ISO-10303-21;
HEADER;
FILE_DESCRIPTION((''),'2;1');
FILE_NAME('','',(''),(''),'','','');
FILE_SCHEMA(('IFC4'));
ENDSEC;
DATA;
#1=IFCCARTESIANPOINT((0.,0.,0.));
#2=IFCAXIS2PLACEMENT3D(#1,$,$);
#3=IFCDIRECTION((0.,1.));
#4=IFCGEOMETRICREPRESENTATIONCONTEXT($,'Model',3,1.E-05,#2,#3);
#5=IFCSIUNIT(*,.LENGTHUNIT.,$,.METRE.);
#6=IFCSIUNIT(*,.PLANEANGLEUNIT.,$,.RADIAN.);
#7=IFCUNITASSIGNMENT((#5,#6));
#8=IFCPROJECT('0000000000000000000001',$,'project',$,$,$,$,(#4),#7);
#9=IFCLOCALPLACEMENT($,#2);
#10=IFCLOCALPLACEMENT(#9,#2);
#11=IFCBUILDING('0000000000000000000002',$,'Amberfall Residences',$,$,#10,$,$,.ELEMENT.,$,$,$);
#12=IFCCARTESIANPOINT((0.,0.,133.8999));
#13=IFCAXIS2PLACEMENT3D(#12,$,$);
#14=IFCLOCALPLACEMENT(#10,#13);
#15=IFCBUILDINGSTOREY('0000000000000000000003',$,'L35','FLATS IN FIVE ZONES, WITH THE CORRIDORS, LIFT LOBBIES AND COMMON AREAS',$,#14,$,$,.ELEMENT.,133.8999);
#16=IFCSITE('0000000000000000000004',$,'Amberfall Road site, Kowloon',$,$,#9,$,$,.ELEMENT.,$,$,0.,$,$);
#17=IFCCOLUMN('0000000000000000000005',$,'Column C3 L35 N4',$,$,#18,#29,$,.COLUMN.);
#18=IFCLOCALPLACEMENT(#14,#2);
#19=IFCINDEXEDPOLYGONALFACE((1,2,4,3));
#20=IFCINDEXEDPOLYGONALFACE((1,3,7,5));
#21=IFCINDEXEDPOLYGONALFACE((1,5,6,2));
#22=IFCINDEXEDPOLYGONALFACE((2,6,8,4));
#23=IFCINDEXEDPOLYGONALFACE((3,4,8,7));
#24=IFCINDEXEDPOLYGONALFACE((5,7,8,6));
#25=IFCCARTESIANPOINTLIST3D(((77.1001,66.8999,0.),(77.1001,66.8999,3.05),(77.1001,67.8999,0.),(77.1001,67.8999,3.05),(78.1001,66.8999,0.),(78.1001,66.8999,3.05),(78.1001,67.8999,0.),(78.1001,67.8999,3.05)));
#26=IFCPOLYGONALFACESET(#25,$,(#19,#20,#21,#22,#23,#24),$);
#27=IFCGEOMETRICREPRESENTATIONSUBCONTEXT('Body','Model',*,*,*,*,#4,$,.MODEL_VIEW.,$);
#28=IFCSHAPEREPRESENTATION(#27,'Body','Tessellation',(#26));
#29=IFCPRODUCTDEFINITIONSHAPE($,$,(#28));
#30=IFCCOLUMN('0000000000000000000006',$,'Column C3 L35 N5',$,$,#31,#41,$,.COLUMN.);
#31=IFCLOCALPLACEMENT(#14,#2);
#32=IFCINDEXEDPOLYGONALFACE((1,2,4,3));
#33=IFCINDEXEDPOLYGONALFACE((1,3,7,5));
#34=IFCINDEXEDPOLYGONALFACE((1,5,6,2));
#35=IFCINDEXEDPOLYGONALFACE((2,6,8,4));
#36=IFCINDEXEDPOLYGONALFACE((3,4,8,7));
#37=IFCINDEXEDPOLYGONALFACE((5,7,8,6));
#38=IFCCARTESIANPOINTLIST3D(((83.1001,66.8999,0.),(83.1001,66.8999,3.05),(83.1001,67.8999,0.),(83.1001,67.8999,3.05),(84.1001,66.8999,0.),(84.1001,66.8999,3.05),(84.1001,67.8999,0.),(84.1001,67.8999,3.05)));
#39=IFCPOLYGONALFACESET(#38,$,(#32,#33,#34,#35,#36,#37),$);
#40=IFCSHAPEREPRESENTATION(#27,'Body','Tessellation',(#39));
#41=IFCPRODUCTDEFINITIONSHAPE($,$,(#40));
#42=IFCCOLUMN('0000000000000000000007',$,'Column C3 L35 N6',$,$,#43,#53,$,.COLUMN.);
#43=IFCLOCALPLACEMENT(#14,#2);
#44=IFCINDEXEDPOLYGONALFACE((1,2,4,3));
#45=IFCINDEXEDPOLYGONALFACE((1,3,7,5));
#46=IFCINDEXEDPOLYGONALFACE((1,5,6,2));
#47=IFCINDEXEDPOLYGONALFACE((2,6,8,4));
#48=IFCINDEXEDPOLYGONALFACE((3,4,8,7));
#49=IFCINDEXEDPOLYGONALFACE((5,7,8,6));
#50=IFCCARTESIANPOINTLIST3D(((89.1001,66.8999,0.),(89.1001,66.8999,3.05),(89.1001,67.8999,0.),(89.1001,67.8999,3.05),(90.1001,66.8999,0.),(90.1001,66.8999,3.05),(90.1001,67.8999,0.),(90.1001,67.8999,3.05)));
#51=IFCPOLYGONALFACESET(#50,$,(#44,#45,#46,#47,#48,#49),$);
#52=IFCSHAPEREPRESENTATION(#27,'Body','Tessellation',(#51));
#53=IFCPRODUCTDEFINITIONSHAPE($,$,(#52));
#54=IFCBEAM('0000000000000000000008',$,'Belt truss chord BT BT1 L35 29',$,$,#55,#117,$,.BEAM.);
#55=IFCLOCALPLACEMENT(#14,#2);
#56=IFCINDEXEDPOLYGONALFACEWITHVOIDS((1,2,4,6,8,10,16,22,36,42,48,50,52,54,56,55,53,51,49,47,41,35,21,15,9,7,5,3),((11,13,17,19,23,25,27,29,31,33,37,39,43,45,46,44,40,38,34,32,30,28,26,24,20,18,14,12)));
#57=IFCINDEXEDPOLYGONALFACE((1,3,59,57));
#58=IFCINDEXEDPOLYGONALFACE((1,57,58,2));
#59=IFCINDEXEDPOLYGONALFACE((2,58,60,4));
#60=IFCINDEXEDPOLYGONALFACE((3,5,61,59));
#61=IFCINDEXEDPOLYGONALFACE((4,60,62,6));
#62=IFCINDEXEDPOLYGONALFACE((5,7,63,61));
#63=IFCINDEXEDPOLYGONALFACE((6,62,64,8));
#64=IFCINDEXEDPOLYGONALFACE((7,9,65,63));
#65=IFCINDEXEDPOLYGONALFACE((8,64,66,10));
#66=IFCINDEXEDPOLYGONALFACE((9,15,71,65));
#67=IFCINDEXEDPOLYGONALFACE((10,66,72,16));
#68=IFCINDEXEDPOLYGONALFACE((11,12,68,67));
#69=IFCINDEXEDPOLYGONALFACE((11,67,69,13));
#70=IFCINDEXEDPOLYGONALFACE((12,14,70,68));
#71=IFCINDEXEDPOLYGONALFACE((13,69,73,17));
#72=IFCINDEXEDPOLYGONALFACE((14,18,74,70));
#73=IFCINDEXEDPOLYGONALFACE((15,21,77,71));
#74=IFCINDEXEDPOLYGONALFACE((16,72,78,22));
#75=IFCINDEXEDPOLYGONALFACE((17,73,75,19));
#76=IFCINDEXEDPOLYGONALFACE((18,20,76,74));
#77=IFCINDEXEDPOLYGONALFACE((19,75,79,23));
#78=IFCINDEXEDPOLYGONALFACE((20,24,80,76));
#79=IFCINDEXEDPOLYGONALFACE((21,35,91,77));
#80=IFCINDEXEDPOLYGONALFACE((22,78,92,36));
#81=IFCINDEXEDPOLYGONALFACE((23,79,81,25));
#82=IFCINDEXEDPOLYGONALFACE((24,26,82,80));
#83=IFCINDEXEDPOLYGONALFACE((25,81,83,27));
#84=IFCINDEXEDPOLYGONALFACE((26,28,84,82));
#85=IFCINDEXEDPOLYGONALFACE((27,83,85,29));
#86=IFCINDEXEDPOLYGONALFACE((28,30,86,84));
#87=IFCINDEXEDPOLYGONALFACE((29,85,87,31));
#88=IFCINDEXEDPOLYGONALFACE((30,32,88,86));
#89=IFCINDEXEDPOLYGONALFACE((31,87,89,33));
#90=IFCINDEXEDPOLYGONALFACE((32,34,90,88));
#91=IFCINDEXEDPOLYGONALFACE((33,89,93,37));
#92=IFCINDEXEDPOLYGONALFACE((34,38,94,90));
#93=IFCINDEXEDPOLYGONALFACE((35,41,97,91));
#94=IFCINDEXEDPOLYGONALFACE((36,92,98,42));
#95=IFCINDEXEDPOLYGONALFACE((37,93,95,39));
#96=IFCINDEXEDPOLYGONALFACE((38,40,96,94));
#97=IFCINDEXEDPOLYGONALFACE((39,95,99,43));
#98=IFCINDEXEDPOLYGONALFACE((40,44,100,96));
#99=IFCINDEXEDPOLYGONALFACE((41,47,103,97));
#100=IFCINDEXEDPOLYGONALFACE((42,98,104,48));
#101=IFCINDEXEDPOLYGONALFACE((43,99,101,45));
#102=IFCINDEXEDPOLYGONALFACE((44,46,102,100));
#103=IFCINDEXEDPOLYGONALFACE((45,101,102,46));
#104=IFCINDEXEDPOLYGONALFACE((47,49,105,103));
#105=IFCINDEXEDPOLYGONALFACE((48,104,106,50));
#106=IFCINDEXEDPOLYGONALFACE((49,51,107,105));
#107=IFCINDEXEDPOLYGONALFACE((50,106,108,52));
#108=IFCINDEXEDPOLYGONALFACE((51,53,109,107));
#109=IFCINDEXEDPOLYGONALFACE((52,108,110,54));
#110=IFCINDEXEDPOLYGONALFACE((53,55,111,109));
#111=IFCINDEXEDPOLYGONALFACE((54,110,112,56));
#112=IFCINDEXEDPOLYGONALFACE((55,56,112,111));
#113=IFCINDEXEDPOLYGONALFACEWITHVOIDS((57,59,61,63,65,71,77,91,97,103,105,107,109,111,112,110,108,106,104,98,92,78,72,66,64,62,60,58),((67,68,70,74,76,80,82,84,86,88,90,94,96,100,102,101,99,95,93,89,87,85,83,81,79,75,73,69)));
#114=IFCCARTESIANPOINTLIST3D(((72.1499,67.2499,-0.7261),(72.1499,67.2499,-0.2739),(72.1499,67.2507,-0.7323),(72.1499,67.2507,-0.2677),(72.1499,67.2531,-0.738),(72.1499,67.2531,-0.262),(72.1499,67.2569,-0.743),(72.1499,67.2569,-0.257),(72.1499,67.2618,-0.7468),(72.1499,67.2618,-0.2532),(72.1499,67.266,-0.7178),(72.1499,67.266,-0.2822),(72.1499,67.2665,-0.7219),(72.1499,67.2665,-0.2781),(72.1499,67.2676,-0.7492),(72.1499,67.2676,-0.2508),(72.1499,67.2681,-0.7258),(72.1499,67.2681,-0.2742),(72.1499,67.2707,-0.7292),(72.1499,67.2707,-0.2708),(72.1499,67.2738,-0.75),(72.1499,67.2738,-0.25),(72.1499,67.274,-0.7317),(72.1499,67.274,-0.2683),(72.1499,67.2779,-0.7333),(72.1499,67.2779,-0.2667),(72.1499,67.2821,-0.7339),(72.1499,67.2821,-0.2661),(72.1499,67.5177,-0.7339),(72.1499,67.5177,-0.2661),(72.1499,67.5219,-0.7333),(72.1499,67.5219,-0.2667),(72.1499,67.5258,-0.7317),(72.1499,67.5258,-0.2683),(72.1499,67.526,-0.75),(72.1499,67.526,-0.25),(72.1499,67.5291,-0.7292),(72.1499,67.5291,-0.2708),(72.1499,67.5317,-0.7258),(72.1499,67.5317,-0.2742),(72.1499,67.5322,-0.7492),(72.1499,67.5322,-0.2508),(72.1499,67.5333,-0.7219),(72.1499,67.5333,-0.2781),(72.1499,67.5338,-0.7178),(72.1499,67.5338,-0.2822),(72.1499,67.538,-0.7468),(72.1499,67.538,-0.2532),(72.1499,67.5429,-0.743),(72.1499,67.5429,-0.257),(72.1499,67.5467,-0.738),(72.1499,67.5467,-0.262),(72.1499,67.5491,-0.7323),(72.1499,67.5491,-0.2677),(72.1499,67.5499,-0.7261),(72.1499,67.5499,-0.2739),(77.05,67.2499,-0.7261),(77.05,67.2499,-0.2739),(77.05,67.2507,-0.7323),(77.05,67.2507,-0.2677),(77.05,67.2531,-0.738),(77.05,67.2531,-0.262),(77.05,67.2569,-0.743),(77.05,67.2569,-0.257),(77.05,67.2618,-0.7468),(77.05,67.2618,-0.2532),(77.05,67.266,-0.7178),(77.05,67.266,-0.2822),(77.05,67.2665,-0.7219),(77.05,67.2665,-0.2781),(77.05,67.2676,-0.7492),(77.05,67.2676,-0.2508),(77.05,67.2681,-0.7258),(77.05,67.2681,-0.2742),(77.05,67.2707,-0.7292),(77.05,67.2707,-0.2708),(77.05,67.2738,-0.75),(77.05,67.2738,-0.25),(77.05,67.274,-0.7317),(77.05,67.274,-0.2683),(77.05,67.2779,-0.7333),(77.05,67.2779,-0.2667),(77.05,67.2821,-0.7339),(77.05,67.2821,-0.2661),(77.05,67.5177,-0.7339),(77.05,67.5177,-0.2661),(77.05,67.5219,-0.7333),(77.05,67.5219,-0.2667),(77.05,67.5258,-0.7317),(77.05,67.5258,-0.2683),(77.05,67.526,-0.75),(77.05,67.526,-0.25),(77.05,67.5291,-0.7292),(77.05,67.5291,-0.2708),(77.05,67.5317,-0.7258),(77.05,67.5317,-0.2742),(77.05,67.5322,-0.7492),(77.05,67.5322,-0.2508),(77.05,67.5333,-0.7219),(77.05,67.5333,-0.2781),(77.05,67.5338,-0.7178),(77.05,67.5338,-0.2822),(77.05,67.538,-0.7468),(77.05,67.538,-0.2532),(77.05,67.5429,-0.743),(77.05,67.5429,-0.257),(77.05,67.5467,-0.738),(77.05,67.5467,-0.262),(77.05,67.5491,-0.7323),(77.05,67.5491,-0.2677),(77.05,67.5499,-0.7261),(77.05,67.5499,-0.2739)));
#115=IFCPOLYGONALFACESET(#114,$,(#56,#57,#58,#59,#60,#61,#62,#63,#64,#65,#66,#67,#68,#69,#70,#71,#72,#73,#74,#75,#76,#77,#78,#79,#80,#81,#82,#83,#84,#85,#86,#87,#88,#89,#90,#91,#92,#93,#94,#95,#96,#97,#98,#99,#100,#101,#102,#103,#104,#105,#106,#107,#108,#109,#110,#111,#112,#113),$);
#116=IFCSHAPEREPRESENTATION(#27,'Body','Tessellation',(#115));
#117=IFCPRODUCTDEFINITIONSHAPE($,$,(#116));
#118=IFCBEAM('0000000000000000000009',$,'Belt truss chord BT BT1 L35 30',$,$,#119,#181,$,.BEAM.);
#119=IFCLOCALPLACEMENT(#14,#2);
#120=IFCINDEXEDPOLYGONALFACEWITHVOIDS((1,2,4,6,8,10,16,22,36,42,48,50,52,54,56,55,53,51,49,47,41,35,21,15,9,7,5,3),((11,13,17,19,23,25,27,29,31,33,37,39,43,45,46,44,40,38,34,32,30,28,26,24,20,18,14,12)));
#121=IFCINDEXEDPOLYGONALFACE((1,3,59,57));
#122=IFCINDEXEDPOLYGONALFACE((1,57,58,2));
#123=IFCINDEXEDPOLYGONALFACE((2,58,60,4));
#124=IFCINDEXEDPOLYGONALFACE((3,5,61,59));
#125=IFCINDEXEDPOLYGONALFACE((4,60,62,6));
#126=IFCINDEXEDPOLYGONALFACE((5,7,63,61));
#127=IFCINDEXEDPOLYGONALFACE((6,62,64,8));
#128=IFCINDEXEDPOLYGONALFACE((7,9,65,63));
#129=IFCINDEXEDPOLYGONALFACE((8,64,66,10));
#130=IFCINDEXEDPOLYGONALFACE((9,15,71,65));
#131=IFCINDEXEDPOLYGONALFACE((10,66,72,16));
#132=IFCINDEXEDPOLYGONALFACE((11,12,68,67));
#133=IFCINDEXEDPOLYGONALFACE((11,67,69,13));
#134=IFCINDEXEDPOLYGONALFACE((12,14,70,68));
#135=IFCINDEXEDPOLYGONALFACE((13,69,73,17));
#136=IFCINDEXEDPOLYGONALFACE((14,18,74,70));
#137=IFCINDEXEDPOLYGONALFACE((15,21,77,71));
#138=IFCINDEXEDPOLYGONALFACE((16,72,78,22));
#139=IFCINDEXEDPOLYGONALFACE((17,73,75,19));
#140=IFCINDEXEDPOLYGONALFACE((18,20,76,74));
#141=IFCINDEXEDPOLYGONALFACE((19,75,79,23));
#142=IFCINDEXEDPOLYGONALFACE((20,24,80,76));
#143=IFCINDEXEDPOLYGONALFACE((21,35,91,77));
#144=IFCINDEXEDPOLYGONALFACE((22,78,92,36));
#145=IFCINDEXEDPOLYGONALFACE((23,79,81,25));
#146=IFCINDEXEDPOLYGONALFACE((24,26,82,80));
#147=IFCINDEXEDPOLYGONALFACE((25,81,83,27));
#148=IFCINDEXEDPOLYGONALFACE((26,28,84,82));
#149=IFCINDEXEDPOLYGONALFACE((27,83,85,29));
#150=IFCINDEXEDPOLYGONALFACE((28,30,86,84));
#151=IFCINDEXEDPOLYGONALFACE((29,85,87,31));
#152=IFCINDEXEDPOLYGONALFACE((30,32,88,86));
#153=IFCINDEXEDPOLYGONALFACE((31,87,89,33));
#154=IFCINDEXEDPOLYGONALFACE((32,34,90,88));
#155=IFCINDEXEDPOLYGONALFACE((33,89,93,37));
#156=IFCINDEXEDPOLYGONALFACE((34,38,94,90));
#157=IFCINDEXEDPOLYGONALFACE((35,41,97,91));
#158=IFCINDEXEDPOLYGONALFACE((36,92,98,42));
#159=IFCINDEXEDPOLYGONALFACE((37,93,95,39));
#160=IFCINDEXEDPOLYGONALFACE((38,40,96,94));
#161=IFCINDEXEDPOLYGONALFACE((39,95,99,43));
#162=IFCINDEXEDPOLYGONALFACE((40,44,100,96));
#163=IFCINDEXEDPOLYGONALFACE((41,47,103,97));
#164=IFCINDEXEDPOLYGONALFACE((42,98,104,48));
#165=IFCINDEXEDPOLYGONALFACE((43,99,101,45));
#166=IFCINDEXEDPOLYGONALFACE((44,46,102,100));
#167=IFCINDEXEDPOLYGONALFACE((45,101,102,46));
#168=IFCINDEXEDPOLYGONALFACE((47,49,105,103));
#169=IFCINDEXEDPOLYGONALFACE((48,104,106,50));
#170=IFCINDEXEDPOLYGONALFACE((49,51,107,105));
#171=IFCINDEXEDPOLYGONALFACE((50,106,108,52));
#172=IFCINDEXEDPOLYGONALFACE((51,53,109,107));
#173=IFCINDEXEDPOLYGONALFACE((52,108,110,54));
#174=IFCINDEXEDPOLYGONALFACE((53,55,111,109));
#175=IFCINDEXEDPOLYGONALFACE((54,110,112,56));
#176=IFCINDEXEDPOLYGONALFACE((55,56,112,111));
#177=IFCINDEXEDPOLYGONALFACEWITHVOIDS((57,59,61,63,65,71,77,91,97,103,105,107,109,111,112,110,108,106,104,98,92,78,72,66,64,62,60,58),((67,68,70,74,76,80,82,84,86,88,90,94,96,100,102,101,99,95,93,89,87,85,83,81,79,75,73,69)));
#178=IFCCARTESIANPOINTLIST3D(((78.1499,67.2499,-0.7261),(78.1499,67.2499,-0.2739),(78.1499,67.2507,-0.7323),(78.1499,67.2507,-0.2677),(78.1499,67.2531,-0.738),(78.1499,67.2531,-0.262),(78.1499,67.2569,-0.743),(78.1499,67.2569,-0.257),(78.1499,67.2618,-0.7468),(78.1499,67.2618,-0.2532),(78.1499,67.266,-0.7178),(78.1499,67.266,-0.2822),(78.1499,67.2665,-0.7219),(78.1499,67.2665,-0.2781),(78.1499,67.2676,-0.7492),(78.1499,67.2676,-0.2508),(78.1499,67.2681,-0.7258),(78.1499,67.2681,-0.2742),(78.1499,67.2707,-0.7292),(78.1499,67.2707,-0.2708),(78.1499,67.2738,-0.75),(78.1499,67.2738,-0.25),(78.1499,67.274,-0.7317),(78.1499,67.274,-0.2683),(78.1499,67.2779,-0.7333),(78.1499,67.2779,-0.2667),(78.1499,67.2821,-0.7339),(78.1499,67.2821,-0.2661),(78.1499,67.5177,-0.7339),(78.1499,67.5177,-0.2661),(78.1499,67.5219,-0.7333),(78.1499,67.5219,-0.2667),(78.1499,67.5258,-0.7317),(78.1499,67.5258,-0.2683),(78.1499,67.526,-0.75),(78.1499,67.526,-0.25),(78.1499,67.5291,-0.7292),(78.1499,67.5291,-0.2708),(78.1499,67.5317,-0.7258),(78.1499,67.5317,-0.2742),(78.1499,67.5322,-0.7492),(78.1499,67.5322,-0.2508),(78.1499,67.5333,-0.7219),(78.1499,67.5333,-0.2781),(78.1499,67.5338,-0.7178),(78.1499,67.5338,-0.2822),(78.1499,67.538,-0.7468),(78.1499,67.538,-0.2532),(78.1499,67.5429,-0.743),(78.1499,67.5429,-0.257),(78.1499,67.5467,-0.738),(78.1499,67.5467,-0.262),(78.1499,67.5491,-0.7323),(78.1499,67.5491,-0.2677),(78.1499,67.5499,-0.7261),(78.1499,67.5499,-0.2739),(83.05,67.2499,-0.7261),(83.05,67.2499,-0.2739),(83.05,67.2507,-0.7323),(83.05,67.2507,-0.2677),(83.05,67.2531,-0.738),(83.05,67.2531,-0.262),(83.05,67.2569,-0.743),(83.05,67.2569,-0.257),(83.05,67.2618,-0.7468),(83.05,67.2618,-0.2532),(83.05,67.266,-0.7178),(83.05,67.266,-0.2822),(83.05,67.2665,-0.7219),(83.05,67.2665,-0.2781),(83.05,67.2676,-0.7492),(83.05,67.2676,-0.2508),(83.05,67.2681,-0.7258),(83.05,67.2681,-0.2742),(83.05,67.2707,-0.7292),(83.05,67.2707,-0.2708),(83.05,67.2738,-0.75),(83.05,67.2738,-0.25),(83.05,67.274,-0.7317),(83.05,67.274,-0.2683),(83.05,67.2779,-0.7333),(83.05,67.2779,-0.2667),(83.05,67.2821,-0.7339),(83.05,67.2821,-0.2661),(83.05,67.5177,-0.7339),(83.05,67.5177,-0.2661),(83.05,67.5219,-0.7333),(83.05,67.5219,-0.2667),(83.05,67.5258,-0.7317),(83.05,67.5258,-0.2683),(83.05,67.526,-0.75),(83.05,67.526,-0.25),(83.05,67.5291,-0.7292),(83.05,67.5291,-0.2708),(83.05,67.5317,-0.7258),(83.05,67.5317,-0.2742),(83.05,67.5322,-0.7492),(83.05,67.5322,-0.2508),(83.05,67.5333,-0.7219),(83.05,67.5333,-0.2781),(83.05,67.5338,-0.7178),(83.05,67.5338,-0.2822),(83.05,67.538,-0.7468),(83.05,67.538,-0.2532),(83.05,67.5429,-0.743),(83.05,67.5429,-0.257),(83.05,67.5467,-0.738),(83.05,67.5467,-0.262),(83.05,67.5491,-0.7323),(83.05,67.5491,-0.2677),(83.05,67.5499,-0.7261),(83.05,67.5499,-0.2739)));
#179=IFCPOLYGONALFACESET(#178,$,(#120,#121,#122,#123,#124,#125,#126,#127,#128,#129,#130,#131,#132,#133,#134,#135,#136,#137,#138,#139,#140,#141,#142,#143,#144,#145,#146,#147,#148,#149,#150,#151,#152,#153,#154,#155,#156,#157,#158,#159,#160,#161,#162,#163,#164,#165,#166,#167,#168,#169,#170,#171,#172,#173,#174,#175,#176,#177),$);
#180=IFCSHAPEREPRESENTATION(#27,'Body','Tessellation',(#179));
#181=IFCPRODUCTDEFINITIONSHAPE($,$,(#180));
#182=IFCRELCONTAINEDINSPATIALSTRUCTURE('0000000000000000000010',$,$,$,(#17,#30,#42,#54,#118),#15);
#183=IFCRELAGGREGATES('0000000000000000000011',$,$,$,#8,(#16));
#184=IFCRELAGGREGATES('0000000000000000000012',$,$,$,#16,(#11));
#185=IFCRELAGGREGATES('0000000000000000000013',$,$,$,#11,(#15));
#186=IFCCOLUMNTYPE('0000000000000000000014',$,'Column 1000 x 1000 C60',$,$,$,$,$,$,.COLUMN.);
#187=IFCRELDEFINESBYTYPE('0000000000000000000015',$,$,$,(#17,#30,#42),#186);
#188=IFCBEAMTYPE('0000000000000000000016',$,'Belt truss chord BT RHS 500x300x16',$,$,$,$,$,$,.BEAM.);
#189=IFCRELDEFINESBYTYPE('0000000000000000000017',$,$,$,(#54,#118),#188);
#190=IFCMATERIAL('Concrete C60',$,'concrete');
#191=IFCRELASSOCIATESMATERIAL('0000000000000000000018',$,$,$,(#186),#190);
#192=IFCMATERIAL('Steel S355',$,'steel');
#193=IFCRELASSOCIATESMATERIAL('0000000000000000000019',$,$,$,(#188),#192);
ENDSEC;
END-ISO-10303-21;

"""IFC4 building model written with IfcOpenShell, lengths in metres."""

from ifc_helpers import new_model, si_unit, direction, frame, origin, origin_2d, place, context, subcontext, project, spatial, rectangle, hollow_rectangle, extrude, material, material_profile, profile_set, type_object, element, save


model = new_model("IFC4")

# Units and contexts
model_context = context("Model", 3, precision=1e-05, world=origin(), true_north=direction((0.0, 1.0)))
body_context = subcontext(model_context, "Body", "Model", "MODEL_VIEW")
ifc_project = project(units=[si_unit("LENGTHUNIT", "METRE"), si_unit("PLANEANGLEUNIT", "RADIAN")], contexts=[model_context])

# Site, building, storey
site_placement = place(None, origin())
site = spatial("IfcSite", under=ifc_project, at=site_placement, Name="Amberfall Road site, Kowloon", CompositionType="ELEMENT", RefElevation=0.0)
building_placement = place(site_placement, origin())
building = spatial("IfcBuilding", under=site, at=building_placement, Name="Amberfall Residences", CompositionType="ELEMENT")
storey_placement = place(building_placement, frame((0.0, 0.0, 133.8999)))
storey = spatial("IfcBuildingStorey", under=building, at=storey_placement, Name="L35", Description="FLATS IN FIVE ZONES, WITH THE CORRIDORS, LIFT LOBBIES AND COMMON AREAS", CompositionType="ELEMENT", Elevation=133.8999)

# Columns
ifc_material_1 = material(Name="Concrete C60", Category="concrete")
ifc_material_profile_1 = material_profile(ifc_material_1, rectangle(XDim=1.0, YDim=1.0, at=origin_2d()), Name="Column 1000 x 1000 C60")
ifc_profile_set_1 = profile_set([ifc_material_profile_1], Name="Concrete C60")
column_type = type_object("IfcColumnType", Name="Column 1000 x 1000 C60", PredefinedType="COLUMN", material=ifc_profile_set_1)
for number, where, z_axis, x_axis, name in (
    (1, (77.6001, 67.3999, 0.0), (0.0, 0.0, 1.0), (1.0, 0.0, 0.0), "Column C3 L35 N4"),
    (2, (83.6001, 67.3999, 0.0), (0.0, 0.0, 1.0), (1.0, 0.0, 0.0), "Column C3 L35 N5"),
    (3, (89.6001, 67.3999, 0.0), (0.0, 0.0, 1.0), (1.0, 0.0, 0.0), "Column C3 L35 N6"),
):
    element("IfcColumn", number, at=place(storey_placement, frame(where, z_axis=z_axis, x_axis=x_axis)), inside=storey, type_object=column_type, Name=name, PredefinedType="COLUMN", context=body_context, shape_type="SweptSolid", body=[
        extrude(rectangle(XDim=1.0, YDim=1.0, at=origin_2d()), origin(), (0.0, 0.0, 1.0), 3.05),
    ])

# Beams
ifc_material_2 = material(Name="Steel S355", Category="steel")
ifc_material_profile_2 = material_profile(ifc_material_2, hollow_rectangle(XDim=0.3, YDim=0.5, WallThickness=0.0161, InnerFilletRadius=0.0161, OuterFilletRadius=0.0239, at=origin_2d()), Name="RHS 500x300x16")
ifc_profile_set_2 = profile_set([ifc_material_profile_2], Name="Steel S355")
beam_type_1 = type_object("IfcBeamType", Name="Belt truss chord BT RHS 500x300x16", PredefinedType="BEAM", material=ifc_profile_set_2)
for number, where, z_axis, x_axis, name in (
    (4, (72.1499, 67.3999, -0.5), (1.0, 0.0, 0.0), (0.0, 1.0, 0.0), "Belt truss chord BT BT1 L35 29"),
    (5, (78.1499, 67.3999, -0.5), (1.0, 0.0, 0.0), (0.0, 1.0, 0.0), "Belt truss chord BT BT1 L35 30"),
):
    element("IfcBeam", number, at=place(storey_placement, frame(where, z_axis=z_axis, x_axis=x_axis)), inside=storey, type_object=beam_type_1, Name=name, PredefinedType="BEAM", context=body_context, shape_type="SweptSolid", body=[
        extrude(hollow_rectangle(XDim=0.3, YDim=0.5, WallThickness=0.0161, InnerFilletRadius=0.0161, OuterFilletRadius=0.0239, at=origin_2d()), origin(), (0.0, 0.0, 1.0), 4.9001),
    ])

save(model, "model.ifc")
